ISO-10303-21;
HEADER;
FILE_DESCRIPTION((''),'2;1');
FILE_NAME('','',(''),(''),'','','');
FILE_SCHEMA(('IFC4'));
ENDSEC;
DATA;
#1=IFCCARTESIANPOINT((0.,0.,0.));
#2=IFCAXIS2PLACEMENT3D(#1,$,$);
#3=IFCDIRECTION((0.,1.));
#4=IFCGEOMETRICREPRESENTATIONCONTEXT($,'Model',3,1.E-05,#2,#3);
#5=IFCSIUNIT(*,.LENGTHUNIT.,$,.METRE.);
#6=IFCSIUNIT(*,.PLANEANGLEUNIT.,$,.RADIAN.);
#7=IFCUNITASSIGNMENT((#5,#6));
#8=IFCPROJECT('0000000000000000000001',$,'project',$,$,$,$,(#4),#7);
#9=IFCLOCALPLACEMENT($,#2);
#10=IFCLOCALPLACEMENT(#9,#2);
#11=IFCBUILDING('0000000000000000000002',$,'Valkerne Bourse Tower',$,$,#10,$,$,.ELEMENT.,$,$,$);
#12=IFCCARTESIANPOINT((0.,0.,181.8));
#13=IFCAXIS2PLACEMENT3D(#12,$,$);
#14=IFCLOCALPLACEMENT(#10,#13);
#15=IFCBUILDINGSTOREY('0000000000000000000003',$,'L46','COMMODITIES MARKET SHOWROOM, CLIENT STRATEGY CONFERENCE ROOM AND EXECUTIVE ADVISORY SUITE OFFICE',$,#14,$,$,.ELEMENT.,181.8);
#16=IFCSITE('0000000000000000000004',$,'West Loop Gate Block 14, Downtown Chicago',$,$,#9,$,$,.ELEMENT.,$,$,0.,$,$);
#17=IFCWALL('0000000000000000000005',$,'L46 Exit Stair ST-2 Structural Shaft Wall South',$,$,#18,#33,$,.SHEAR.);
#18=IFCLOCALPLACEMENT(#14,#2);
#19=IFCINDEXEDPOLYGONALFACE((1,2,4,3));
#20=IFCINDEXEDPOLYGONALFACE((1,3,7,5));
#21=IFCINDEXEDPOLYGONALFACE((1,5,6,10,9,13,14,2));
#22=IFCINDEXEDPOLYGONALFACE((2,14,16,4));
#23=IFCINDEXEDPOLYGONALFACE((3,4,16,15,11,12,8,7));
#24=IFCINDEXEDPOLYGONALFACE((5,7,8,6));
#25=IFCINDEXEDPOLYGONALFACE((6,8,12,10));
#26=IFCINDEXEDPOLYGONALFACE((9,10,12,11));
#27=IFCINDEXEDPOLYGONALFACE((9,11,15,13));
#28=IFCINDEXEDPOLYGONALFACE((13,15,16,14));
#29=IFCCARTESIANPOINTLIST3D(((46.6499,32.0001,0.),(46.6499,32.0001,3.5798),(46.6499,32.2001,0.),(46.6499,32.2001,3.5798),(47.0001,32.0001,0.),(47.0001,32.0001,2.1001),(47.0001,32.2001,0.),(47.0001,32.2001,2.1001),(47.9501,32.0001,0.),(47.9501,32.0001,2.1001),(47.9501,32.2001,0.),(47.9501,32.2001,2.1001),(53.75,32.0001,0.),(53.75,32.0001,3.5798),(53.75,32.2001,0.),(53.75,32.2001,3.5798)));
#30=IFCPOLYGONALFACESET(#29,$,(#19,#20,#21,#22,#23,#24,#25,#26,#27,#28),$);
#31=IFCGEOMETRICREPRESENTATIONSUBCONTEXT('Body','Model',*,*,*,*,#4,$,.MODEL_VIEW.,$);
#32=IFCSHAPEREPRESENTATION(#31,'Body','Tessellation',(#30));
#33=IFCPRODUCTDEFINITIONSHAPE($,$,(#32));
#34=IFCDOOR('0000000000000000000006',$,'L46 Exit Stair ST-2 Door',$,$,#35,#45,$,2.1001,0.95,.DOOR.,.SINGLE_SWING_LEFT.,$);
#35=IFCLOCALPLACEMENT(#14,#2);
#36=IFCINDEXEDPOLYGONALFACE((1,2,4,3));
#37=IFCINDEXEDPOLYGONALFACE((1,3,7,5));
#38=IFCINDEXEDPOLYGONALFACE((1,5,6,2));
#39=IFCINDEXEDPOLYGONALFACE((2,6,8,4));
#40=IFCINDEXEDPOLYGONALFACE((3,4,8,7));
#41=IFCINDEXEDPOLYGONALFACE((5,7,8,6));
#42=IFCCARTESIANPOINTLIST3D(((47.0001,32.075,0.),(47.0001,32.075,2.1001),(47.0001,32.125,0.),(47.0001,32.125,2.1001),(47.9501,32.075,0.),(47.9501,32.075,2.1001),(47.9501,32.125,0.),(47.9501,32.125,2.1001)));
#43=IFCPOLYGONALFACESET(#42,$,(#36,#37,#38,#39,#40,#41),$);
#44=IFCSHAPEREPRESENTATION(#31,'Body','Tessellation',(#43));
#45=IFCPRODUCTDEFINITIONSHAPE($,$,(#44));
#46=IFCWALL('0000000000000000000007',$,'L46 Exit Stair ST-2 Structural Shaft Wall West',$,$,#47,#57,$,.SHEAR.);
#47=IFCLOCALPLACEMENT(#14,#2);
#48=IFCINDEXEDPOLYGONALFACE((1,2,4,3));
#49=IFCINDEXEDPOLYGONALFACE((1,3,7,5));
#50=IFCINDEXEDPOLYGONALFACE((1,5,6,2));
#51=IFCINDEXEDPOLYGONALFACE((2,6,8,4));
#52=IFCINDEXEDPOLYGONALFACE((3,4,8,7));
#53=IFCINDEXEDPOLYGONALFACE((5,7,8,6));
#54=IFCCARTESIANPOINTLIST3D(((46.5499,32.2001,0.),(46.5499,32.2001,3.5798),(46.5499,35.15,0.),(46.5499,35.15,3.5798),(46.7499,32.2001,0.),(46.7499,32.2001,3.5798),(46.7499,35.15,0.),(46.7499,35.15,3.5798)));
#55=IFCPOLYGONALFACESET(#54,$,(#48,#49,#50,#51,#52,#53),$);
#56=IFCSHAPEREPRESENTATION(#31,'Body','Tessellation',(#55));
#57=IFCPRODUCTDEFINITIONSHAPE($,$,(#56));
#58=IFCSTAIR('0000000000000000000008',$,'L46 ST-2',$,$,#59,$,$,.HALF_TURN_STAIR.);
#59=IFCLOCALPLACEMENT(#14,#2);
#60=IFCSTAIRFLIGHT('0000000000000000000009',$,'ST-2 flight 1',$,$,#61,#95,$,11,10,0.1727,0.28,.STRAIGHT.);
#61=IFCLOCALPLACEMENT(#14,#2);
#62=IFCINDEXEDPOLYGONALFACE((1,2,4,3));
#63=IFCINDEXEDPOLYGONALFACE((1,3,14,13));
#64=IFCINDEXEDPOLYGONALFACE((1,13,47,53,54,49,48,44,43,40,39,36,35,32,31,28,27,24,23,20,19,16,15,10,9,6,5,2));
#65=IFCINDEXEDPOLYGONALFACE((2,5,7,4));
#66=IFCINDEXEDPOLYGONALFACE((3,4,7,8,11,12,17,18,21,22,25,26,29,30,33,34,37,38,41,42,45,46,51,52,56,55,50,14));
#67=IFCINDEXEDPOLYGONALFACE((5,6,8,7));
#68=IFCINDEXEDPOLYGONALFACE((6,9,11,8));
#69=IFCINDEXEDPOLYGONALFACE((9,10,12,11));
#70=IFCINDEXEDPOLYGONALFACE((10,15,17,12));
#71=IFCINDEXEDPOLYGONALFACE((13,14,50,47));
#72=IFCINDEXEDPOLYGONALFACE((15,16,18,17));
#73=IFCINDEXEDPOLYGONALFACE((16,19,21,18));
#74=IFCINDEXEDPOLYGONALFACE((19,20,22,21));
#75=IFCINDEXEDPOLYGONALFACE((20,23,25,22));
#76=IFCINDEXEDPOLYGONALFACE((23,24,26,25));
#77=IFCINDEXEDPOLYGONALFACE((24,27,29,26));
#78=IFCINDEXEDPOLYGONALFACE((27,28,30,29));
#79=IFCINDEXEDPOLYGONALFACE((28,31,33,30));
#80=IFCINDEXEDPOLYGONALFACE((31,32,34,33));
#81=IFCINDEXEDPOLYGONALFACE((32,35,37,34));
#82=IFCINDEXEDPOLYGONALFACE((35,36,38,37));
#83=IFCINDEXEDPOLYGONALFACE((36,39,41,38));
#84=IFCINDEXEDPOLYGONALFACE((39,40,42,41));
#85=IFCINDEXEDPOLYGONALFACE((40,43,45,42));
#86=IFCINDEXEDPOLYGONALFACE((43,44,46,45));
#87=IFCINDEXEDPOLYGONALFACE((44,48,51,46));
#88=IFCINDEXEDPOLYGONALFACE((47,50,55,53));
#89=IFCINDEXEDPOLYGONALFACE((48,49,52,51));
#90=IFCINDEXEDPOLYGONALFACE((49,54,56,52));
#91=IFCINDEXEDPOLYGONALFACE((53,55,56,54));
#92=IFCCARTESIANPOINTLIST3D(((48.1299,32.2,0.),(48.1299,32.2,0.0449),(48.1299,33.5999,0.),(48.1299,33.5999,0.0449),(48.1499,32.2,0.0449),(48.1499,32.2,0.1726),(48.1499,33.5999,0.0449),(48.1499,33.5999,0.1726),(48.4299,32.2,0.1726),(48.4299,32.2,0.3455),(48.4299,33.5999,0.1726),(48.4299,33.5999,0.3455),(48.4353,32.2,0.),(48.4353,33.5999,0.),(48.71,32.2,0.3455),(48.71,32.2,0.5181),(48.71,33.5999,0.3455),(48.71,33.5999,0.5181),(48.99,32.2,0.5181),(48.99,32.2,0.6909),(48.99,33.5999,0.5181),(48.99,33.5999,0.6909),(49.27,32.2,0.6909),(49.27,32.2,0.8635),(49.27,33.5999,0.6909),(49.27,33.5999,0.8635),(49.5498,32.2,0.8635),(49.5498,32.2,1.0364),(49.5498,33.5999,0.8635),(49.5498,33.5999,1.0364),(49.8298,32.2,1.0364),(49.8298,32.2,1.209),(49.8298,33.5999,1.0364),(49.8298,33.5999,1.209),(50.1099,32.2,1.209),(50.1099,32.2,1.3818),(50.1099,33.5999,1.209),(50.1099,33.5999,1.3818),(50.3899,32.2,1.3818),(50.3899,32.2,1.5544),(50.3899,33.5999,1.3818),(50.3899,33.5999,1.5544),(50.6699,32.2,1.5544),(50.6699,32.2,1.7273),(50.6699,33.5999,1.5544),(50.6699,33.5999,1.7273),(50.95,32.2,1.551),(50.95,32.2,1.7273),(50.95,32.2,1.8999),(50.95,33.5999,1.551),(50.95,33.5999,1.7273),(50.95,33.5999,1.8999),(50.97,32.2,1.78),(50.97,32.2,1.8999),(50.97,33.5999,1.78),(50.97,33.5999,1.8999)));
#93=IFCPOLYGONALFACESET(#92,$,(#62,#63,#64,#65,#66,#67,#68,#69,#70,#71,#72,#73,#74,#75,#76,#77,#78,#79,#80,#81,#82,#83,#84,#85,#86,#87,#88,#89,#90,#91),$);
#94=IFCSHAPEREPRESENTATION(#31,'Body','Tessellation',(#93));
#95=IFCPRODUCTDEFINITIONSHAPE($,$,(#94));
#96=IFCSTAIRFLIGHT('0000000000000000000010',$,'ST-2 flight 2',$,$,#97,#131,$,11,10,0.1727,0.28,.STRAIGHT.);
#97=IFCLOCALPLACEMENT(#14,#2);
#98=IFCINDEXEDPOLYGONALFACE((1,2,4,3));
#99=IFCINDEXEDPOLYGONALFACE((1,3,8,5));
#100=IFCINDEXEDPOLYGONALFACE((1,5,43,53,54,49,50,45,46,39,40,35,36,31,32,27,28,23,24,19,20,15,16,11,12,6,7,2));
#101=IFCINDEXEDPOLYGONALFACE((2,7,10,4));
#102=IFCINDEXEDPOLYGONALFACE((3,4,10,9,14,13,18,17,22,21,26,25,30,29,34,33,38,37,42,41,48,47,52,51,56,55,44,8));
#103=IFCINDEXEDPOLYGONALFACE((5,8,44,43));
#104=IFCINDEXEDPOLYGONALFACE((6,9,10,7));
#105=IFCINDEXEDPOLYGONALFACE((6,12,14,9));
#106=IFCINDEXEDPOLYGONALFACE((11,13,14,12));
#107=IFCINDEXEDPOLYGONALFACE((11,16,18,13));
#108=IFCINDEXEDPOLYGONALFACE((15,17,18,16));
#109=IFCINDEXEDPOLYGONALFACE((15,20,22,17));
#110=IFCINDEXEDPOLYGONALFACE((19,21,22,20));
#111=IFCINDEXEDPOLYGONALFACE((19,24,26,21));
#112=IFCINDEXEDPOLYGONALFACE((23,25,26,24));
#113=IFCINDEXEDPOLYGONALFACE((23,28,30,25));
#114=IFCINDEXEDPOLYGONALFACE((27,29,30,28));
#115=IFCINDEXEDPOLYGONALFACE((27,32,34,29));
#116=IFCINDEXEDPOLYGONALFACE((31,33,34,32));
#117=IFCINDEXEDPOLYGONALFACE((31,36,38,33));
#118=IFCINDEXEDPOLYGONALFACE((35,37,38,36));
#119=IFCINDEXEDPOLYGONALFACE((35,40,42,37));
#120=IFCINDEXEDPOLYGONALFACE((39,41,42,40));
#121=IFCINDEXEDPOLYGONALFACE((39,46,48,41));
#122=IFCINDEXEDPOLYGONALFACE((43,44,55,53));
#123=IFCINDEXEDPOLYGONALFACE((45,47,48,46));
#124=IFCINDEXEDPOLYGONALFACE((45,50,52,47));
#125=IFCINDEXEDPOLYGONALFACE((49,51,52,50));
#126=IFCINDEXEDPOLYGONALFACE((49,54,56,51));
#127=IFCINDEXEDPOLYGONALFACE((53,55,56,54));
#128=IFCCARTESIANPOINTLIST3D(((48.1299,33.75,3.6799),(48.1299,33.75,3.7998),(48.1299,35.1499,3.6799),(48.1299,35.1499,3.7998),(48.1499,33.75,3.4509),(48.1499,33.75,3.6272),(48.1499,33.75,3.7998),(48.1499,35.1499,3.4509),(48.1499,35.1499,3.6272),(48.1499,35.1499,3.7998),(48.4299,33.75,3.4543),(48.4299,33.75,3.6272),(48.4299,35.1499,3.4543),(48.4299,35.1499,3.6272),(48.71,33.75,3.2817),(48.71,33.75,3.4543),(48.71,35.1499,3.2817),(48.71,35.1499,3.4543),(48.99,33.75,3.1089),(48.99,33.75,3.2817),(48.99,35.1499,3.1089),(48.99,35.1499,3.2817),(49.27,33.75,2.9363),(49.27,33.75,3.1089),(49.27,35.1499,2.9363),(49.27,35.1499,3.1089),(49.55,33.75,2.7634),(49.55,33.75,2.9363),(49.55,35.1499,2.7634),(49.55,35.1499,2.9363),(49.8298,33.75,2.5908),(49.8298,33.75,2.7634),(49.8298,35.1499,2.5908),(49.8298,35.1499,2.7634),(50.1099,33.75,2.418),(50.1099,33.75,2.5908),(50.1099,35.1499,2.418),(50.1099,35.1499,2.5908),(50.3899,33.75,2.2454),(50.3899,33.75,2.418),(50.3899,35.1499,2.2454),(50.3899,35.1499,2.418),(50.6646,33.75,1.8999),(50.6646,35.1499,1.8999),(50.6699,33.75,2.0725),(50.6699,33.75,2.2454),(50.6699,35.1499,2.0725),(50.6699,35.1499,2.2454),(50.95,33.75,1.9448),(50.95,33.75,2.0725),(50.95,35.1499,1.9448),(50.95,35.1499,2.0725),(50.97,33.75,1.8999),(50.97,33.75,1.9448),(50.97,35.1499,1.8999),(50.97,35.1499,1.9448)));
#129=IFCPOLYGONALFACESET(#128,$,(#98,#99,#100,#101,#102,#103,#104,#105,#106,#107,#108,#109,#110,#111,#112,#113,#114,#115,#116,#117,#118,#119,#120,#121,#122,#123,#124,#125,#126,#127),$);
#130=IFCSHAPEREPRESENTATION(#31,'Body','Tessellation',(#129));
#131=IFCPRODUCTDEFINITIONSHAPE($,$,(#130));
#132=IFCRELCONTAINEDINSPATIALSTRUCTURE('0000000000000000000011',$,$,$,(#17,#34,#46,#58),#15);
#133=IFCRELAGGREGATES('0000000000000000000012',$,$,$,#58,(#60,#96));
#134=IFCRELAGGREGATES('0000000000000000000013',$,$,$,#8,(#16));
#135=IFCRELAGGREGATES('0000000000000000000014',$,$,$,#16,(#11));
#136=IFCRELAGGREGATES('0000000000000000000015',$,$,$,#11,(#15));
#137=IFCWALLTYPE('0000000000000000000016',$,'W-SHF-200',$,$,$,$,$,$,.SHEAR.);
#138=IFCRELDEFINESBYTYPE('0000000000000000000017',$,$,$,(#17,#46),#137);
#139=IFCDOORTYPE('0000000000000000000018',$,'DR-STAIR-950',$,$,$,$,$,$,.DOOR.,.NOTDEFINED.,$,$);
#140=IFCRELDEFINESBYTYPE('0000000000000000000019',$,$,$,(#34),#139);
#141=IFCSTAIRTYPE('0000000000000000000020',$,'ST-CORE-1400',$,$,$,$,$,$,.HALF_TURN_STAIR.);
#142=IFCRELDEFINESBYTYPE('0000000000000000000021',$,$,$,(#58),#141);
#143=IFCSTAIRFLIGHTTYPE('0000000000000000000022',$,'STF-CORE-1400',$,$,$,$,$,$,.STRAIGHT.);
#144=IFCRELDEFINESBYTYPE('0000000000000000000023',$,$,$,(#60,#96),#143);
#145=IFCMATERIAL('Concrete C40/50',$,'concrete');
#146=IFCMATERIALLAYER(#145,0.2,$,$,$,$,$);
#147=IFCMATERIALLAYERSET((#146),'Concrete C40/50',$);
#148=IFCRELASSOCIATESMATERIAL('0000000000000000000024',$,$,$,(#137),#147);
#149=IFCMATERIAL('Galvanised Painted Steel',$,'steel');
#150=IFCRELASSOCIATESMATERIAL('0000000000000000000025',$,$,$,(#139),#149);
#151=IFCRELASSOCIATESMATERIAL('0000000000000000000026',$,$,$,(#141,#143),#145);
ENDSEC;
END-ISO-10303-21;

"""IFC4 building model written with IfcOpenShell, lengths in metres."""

from ifc_helpers import new_model, si_unit, direction, frame, frame_2d, origin, place, context, subcontext, project, spatial, polyline, rectangle, outline, extrude, material, layer, layer_set, type_object, element, fill, aggregate, save


model = new_model("IFC4")

# Units and contexts
model_context = context("Model", 3, precision=1e-05, world=origin(), true_north=direction((0.0, 1.0)))
body_context = subcontext(model_context, "Body", "Model", "MODEL_VIEW")
ifc_project = project(units=[si_unit("LENGTHUNIT", "METRE"), si_unit("PLANEANGLEUNIT", "RADIAN")], contexts=[model_context])

# Site, building, storey
site_placement = place(None, origin())
site = spatial("IfcSite", under=ifc_project, at=site_placement, Name="West Loop Gate Block 14, Downtown Chicago", CompositionType="ELEMENT", RefElevation=0.0)
building_placement = place(site_placement, origin())
building = spatial("IfcBuilding", under=site, at=building_placement, Name="Valkerne Bourse Tower", CompositionType="ELEMENT")
storey_placement = place(building_placement, frame((0.0, 0.0, 181.8)))
storey = spatial("IfcBuildingStorey", under=building, at=storey_placement, Name="L46", Description="COMMODITIES MARKET SHOWROOM, CLIENT STRATEGY CONFERENCE ROOM AND EXECUTIVE ADVISORY SUITE OFFICE", CompositionType="ELEMENT", Elevation=181.8)

# Shared definitions
ifc_material_1 = material(Name="Galvanised Painted Steel", Category="steel")

# Wall, opening, door
ifc_material_2 = material(Name="Concrete C40/50", Category="concrete")
ifc_layer_1 = layer(ifc_material_2, 0.2)
ifc_layer_set_1 = layer_set([ifc_layer_1], Name="Concrete C40/50")
wall_type_1 = type_object("IfcWallType", Name="W-SHF-200", PredefinedType="SHEAR", material=ifc_layer_set_1)
wall_1_placement = place(storey_placement, frame((46.6499, 32.1001, 0.0), z_axis=(0.0, 0.0, 1.0), x_axis=(1.0, 0.0, 0.0)))
wall_1 = element("IfcWall", 1, at=wall_1_placement, inside=storey, type_object=wall_type_1, Name="L46 Exit Stair ST-2 Structural Shaft Wall South", PredefinedType="SHEAR", context=body_context, shape_type="SweptSolid", body=[
    extrude(rectangle(XDim=7.1001, YDim=0.2, at=frame_2d((3.55, 0.0))), origin(), (0.0, 0.0, 1.0), 3.5798),
])
opening_1_placement = place(wall_1_placement, frame((0.3501, 0.0, 0.0)))
opening_1 = element("IfcOpeningElement", 2, at=opening_1_placement, cuts=wall_1, PredefinedType="OPENING", context=body_context, shape_type="SweptSolid", body=[
    extrude(rectangle(XDim=0.95, YDim=2.1001, at=frame_2d((0.4751, 1.05))), frame((0.0, 0.1099, 0.0), z_axis=(0.0, -1.0, 0.0), x_axis=(1.0, 0.0, 0.0)), (0.0, 0.0, 1.0), 0.22),
])
door_type_1 = type_object("IfcDoorType", Name="DR-STAIR-950", OperationType="NOTDEFINED", PredefinedType="DOOR", material=ifc_material_1)
door_1_placement = place(opening_1_placement, origin())
door_1 = element("IfcDoor", 3, at=door_1_placement, inside=storey, type_object=door_type_1, Name="L46 Exit Stair ST-2 Door", OperationType="SINGLE_SWING_LEFT", OverallHeight=2.1001, OverallWidth=0.95, PredefinedType="DOOR", context=body_context, shape_type="SweptSolid", body=[
    extrude(rectangle(XDim=0.95, YDim=2.1001, at=frame_2d((0.4751, 1.05))), frame((0.0, 0.0249, 0.0), z_axis=(0.0, -1.0, 0.0), x_axis=(1.0, 0.0, 0.0)), (0.0, 0.0, 1.0), 0.05),
])
fill(opening_1, door_1)

# Wall
wall_2_placement = place(storey_placement, frame((46.6499, 32.2, 0.0), z_axis=(0.0, 0.0, 1.0), x_axis=(0.0, 1.0, 0.0)))
element("IfcWall", 4, at=wall_2_placement, inside=storey, type_object=wall_type_1, Name="L46 Exit Stair ST-2 Structural Shaft Wall West", PredefinedType="SHEAR", context=body_context, shape_type="SweptSolid", body=[
    extrude(rectangle(XDim=2.95, YDim=0.2, at=frame_2d((1.4751, 0.0))), origin(), (0.0, 0.0, 1.0), 3.5798),
])

# Stair, stair flights
stair_type = type_object("IfcStairType", Name="ST-CORE-1400", PredefinedType="HALF_TURN_STAIR", material=ifc_material_2)
stair_placement = place(storey_placement, origin())
stair = element("IfcStair", 5, at=stair_placement, inside=storey, type_object=stair_type, Name="L46 ST-2", PredefinedType="HALF_TURN_STAIR")
stair_flight_type = type_object("IfcStairFlightType", Name="STF-CORE-1400", PredefinedType="STRAIGHT", material=ifc_material_2)
stair_flight_1_placement = place(storey_placement, frame((48.1499, 32.8999, 0.0), z_axis=(0.0, 0.0, 1.0), x_axis=(1.0, 0.0, 0.0)))
stair_flight_1 = element("IfcStairFlight", 6, at=stair_flight_1_placement, type_object=stair_flight_type, Name="ST-2 flight 1", NumberOfRisers=11, NumberOfTreads=10, PredefinedType="STRAIGHT", RiserHeight=0.1727, TreadLength=0.28, context=body_context, shape_type="SweptSolid", body=[
    extrude(outline(polyline([(-0.02, 0.0), (-0.02, 0.0449), (0.0, 0.0449), (0.0, 0.1726), (0.28, 0.1726), (0.28, 0.3455), (0.5601, 0.3455), (0.5601, 0.5181), (0.8401, 0.5181), (0.8401, 0.6909), (1.1201, 0.6909), (1.1201, 0.8635), (1.3999, 0.8635), (1.3999, 1.0364), (1.6799, 1.0364), (1.6799, 1.209), (1.96, 1.209), (1.96, 1.3818), (2.24, 1.3818), (2.24, 1.5544), (2.52, 1.5544), (2.52, 1.7273), (2.8, 1.7273), (2.8, 1.8999), (2.8201, 1.8999), (2.8201, 1.78), (2.8, 1.551), (0.2854, 0.0), (-0.02, 0.0)])), frame((0.0, 0.7, 0.0), z_axis=(0.0, -1.0, 0.0), x_axis=(1.0, 0.0, 0.0)), (0.0, 0.0, 1.0), 1.3999),
])
stair_flight_2_placement = place(storey_placement, frame((50.95, 34.45, 1.8999), z_axis=(0.0, 0.0, 1.0), x_axis=(-1.0, 0.0, 0.0)))
stair_flight_2 = element("IfcStairFlight", 7, at=stair_flight_2_placement, type_object=stair_flight_type, Name="ST-2 flight 2", NumberOfRisers=11, NumberOfTreads=10, PredefinedType="STRAIGHT", RiserHeight=0.1727, TreadLength=0.28, context=body_context, shape_type="SweptSolid", body=[
    extrude(outline(polyline([(-0.02, 0.0), (-0.02, 0.0449), (0.0, 0.0449), (0.0, 0.1726), (0.28, 0.1726), (0.28, 0.3455), (0.5601, 0.3455), (0.5601, 0.5181), (0.8401, 0.5181), (0.8401, 0.6909), (1.1201, 0.6909), (1.1201, 0.8635), (1.3999, 0.8635), (1.3999, 1.0364), (1.6799, 1.0364), (1.6799, 1.209), (1.96, 1.209), (1.96, 1.3818), (2.24, 1.3818), (2.24, 1.5544), (2.52, 1.5544), (2.52, 1.7273), (2.8, 1.7273), (2.8, 1.8999), (2.8201, 1.8999), (2.8201, 1.78), (2.8, 1.551), (0.2854, 0.0), (-0.02, 0.0)])), frame((0.0, 0.7, 0.0), z_axis=(0.0, -1.0, 0.0), x_axis=(1.0, 0.0, 0.0)), (0.0, 0.0, 1.0), 1.3999),
])
aggregate(stair, [stair_flight_1, stair_flight_2])

save(model, "model.ifc")
